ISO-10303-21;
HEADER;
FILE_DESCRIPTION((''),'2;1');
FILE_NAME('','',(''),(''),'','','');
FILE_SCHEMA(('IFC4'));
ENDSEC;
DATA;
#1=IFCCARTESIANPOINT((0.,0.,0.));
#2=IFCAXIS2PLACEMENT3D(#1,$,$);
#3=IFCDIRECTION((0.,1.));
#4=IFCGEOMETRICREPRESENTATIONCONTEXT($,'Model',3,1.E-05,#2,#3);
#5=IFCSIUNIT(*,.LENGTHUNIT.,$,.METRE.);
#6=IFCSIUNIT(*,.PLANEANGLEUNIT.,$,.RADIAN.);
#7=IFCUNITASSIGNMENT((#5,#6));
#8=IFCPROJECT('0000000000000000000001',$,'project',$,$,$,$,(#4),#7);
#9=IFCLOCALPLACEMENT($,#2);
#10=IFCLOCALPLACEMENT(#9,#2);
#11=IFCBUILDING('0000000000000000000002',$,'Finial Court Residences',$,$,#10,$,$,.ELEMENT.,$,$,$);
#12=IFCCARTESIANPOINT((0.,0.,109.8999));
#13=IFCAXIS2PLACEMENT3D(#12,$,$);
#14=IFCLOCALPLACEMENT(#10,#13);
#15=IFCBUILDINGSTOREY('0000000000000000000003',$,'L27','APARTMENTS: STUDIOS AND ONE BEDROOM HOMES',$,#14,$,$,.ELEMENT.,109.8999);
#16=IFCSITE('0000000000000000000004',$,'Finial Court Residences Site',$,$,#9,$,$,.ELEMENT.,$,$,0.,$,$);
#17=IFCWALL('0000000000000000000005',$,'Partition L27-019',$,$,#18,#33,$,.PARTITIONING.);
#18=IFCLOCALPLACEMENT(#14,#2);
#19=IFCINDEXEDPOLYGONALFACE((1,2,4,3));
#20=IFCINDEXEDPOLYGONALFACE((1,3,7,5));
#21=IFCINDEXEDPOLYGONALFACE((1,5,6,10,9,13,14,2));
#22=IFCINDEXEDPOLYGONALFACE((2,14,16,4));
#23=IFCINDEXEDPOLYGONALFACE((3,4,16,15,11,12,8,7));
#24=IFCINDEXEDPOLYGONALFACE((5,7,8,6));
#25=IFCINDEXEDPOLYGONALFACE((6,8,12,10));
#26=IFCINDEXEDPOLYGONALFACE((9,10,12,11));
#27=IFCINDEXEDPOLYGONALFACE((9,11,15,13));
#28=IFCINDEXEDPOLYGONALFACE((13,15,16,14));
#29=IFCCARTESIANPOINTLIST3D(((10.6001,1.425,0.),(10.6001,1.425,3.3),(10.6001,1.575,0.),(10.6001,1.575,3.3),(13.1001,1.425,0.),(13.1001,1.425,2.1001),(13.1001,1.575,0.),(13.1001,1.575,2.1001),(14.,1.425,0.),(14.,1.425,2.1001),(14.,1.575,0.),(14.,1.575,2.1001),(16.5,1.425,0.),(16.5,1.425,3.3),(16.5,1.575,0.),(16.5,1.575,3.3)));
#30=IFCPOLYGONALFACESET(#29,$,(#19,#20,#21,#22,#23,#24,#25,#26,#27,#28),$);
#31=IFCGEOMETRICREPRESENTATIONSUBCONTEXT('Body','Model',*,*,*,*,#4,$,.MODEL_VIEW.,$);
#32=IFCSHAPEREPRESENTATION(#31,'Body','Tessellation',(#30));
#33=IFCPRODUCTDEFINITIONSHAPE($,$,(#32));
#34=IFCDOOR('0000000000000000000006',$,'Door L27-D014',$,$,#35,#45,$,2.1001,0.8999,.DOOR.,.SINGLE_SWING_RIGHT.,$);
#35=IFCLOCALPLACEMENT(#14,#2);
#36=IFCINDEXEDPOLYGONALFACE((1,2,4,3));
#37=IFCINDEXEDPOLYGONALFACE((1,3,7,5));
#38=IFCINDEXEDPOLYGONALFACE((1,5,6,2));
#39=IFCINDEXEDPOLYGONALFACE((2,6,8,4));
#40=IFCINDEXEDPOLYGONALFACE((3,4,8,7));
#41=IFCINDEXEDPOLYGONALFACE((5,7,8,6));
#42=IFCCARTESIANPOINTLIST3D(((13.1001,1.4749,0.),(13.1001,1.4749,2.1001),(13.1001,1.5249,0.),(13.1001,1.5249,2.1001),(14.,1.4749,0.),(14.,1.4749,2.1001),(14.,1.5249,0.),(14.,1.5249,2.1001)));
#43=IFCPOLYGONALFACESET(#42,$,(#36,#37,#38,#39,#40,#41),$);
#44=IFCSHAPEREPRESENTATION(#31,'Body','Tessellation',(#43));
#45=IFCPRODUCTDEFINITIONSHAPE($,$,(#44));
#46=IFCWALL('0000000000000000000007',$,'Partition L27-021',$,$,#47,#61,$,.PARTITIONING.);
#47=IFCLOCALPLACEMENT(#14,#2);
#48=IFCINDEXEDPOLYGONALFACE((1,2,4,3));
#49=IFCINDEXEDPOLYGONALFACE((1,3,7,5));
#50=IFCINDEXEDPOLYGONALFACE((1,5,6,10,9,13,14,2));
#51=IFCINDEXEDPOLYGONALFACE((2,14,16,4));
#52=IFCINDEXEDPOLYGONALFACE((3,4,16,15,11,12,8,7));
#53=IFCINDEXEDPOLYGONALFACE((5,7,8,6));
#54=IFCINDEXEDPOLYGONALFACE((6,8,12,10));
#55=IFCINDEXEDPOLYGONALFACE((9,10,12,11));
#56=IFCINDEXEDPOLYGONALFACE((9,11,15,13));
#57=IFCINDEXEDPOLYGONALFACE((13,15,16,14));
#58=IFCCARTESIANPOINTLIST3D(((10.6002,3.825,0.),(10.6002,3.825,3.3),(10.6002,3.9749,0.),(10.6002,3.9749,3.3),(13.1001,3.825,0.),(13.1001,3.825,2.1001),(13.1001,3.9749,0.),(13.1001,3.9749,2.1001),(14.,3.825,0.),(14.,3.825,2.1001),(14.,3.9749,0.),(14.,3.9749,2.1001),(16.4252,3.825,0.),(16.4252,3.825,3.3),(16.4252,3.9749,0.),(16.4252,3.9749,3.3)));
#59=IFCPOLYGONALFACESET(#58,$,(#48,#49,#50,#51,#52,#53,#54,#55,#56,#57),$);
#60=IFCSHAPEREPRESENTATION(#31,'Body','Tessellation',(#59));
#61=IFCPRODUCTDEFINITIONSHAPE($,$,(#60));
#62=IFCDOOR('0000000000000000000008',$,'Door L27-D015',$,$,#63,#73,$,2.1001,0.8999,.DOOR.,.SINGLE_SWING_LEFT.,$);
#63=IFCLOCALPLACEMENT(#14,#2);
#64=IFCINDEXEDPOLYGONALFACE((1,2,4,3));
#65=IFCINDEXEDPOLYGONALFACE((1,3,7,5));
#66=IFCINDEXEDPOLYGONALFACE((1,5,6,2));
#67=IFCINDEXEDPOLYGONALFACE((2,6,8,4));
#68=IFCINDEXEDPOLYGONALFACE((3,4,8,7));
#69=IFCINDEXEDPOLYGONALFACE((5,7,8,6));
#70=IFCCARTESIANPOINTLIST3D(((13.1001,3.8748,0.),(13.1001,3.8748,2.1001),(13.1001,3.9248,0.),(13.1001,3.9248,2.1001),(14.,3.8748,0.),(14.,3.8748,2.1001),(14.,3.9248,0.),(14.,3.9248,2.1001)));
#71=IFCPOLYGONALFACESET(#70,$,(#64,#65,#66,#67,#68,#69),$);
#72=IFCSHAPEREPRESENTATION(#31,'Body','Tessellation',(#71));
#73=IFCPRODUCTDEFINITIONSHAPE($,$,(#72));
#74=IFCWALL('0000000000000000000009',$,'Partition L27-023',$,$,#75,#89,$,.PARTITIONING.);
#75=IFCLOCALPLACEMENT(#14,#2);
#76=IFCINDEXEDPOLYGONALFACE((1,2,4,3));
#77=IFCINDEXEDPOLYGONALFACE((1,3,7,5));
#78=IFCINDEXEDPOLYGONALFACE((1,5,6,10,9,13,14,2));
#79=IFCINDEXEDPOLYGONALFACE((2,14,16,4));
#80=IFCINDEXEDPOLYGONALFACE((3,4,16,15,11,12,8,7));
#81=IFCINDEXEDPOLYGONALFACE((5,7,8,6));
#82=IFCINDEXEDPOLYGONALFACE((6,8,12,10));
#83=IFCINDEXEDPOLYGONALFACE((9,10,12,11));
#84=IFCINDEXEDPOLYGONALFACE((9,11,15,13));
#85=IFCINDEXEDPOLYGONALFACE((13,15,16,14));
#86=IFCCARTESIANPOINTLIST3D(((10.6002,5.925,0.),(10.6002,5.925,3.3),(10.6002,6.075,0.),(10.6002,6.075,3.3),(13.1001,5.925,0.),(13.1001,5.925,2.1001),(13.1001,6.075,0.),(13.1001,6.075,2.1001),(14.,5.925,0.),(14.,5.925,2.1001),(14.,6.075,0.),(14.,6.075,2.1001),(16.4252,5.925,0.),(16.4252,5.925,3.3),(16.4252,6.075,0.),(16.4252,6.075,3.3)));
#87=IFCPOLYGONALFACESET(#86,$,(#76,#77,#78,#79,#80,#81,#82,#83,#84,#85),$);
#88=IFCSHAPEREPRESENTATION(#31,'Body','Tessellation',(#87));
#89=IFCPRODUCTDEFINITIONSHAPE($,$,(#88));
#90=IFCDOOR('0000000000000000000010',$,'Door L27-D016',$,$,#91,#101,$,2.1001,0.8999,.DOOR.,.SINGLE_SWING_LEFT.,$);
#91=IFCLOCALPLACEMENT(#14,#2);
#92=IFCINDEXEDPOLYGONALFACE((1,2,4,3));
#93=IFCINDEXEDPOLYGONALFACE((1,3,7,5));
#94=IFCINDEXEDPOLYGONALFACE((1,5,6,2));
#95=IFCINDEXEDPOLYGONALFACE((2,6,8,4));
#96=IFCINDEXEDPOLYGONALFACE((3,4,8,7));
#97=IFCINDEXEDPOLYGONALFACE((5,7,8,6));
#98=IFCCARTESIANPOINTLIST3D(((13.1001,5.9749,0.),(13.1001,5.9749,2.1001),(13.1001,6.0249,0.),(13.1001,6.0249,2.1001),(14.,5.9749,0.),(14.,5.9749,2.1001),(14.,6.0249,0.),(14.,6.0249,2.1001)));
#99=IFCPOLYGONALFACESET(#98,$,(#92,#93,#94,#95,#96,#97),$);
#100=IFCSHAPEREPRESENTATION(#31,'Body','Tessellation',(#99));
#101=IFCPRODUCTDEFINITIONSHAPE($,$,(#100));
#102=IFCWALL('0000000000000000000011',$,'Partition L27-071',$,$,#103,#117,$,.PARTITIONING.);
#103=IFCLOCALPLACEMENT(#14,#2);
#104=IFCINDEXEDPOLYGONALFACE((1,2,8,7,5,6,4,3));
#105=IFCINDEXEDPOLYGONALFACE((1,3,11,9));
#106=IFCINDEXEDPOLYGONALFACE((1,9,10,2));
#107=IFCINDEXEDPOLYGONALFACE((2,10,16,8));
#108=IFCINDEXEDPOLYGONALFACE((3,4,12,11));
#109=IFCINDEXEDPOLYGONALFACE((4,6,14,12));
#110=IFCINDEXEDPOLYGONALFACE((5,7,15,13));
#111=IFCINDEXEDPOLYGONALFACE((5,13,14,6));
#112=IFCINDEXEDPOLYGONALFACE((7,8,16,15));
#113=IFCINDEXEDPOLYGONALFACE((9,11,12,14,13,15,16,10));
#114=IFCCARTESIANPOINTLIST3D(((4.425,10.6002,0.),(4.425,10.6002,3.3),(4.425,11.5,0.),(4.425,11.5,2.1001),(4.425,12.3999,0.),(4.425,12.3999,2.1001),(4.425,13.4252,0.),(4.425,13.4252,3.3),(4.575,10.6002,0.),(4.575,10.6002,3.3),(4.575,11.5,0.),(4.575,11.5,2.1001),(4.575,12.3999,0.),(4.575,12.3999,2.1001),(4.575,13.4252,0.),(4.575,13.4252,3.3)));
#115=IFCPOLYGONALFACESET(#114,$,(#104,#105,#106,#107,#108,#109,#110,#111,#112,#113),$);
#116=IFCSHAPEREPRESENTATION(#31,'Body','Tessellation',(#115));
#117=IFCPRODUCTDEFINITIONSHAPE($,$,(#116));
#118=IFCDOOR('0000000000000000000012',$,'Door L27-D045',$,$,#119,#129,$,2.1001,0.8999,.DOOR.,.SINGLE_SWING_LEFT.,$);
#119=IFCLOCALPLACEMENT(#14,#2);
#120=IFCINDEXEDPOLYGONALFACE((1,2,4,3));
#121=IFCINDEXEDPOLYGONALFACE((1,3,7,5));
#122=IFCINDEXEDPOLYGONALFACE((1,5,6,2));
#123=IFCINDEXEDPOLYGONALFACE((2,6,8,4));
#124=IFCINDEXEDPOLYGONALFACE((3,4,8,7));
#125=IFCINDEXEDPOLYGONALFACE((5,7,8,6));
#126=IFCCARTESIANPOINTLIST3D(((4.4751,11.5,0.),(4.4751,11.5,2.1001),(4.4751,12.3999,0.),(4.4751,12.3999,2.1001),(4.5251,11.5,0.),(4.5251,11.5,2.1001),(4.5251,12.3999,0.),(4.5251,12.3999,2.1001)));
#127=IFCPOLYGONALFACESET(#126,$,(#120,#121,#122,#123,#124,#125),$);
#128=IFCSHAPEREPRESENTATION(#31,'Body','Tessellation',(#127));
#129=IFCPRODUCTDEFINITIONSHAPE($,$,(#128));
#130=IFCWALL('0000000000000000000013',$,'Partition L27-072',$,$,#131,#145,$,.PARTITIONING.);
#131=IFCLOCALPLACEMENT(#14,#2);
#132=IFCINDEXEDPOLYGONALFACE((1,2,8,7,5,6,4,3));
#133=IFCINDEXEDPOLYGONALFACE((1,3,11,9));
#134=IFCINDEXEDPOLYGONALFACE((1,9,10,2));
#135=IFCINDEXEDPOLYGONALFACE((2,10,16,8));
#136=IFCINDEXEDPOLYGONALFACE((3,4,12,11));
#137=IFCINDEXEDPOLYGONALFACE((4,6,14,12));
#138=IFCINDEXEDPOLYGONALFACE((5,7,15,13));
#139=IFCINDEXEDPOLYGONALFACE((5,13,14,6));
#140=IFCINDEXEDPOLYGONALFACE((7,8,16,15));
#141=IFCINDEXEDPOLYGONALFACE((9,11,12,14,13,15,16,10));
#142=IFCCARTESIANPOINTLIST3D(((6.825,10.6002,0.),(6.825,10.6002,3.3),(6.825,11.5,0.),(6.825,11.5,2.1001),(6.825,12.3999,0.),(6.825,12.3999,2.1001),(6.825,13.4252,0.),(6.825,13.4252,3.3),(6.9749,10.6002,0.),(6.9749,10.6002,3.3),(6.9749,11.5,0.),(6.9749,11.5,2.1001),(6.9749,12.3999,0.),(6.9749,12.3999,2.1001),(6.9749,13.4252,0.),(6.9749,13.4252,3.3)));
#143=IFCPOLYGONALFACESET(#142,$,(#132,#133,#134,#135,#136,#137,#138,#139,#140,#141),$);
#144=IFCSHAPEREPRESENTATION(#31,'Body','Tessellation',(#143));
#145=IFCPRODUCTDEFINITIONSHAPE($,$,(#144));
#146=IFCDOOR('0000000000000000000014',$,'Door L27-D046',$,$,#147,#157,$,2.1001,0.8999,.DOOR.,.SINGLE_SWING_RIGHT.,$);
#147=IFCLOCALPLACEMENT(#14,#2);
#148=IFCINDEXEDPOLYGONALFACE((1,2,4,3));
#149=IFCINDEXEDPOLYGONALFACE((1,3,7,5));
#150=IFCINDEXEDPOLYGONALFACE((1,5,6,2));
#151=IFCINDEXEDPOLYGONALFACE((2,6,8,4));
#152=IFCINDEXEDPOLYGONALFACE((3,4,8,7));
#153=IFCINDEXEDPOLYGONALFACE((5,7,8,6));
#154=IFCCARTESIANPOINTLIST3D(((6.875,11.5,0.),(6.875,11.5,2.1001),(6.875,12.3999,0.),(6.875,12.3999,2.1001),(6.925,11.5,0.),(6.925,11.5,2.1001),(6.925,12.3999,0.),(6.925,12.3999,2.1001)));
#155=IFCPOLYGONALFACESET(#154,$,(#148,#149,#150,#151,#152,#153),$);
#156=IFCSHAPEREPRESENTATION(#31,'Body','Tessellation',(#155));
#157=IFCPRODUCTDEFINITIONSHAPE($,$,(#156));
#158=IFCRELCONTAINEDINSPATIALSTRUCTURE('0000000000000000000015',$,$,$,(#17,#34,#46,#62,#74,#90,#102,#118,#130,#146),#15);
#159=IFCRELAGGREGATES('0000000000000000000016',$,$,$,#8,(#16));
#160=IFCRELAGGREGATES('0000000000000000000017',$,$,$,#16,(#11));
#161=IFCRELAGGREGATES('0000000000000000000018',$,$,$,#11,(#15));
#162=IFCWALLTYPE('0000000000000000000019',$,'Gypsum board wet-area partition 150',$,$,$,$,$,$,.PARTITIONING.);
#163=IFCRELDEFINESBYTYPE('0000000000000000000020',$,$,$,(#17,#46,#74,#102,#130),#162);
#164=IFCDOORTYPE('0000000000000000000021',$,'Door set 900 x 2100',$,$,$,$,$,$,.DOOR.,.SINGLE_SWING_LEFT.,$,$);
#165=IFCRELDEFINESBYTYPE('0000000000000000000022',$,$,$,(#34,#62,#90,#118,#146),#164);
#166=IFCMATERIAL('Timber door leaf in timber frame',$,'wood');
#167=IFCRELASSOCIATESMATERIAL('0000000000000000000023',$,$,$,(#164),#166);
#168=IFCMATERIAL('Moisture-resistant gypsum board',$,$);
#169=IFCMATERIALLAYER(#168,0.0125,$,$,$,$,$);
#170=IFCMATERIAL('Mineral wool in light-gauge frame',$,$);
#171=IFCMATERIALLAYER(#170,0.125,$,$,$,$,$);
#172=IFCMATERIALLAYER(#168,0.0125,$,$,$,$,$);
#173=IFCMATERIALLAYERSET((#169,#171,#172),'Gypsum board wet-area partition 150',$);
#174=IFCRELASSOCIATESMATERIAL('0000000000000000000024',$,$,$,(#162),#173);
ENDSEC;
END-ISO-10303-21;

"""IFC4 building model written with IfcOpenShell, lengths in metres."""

from ifc_helpers import new_model, si_unit, direction, frame, frame_2d, origin, place, context, subcontext, project, spatial, rectangle, extrude, material, layer, layer_set, type_object, element, fill, save


model = new_model("IFC4")

# Units and contexts
model_context = context("Model", 3, precision=1e-05, world=origin(), true_north=direction((0.0, 1.0)))
body_context = subcontext(model_context, "Body", "Model", "MODEL_VIEW")
ifc_project = project(units=[si_unit("LENGTHUNIT", "METRE"), si_unit("PLANEANGLEUNIT", "RADIAN")], contexts=[model_context])

# Site, building, storey
site_placement = place(None, origin())
site = spatial("IfcSite", under=ifc_project, at=site_placement, Name="Finial Court Residences Site", CompositionType="ELEMENT", RefElevation=0.0)
building_placement = place(site_placement, origin())
building = spatial("IfcBuilding", under=site, at=building_placement, Name="Finial Court Residences", CompositionType="ELEMENT")
storey_placement = place(building_placement, frame((0.0, 0.0, 109.8999)))
storey = spatial("IfcBuildingStorey", under=building, at=storey_placement, Name="L27", Description="APARTMENTS: STUDIOS AND ONE BEDROOM HOMES", CompositionType="ELEMENT", Elevation=109.8999)

# Shared definitions
ifc_material_1 = material(Name="Mineral wool in light-gauge frame")
ifc_material_2 = material(Name="Timber door leaf in timber frame", Category="wood")
door_type = type_object("IfcDoorType", Name="Door set 900 x 2100", OperationType="SINGLE_SWING_LEFT", PredefinedType="DOOR", material=ifc_material_2)

# Walls, openings, doors
ifc_material_3 = material(Name="Moisture-resistant gypsum board")
ifc_layer_1 = layer(ifc_material_3, 0.0125)
ifc_layer_2 = layer(ifc_material_1, 0.125)
ifc_layer_3 = layer(ifc_material_3, 0.0125)
ifc_layer_set_1 = layer_set([ifc_layer_1, ifc_layer_2, ifc_layer_3], Name="Gypsum board wet-area partition 150")
wall_type_1 = type_object("IfcWallType", Name="Gypsum board wet-area partition 150", PredefinedType="PARTITIONING", material=ifc_layer_set_1)
wall_1_placement = place(storey_placement, frame((10.6001, 1.5, 0.0), z_axis=(0.0, 0.0, 1.0), x_axis=(1.0, 0.0, 0.0)))
wall_1 = element("IfcWall", 1, at=wall_1_placement, inside=storey, type_object=wall_type_1, Name="Partition L27-019", PredefinedType="PARTITIONING", context=body_context, shape_type="SweptSolid", body=[
    extrude(rectangle(XDim=5.8999, YDim=0.1499, at=frame_2d((2.95, 0.0))), origin(), (0.0, 0.0, 1.0), 3.3),
])
opening_1_placement = place(wall_1_placement, frame((2.5, 0.0, 0.0)))
opening_1 = element("IfcOpeningElement", 2, at=opening_1_placement, cuts=wall_1, PredefinedType="OPENING", context=body_context, shape_type="SweptSolid", body=[
    extrude(rectangle(XDim=0.8999, YDim=2.1001, at=frame_2d((0.45, 1.05))), frame((0.0, 0.085, 0.0), z_axis=(0.0, -1.0, 0.0), x_axis=(1.0, 0.0, 0.0)), (0.0, 0.0, 1.0), 0.1699),
])
door_1_placement = place(opening_1_placement, origin())
door_1 = element("IfcDoor", 3, at=door_1_placement, inside=storey, type_object=door_type, Name="Door L27-D014", OperationType="SINGLE_SWING_RIGHT", OverallHeight=2.1001, OverallWidth=0.8999, PredefinedType="DOOR", context=body_context, shape_type="SweptSolid", body=[
    extrude(rectangle(XDim=0.8999, YDim=2.1001, at=frame_2d((0.45, 1.05))), frame((0.0, 0.0249, 0.0), z_axis=(0.0, -1.0, 0.0), x_axis=(1.0, 0.0, 0.0)), (0.0, 0.0, 1.0), 0.05),
])
fill(opening_1, door_1)
wall_2_placement = place(storey_placement, frame((10.6001, 3.8999, 0.0), z_axis=(0.0, 0.0, 1.0), x_axis=(1.0, 0.0, 0.0)))
wall_2 = element("IfcWall", 4, at=wall_2_placement, inside=storey, type_object=wall_type_1, Name="Partition L27-021", PredefinedType="PARTITIONING", context=body_context, shape_type="SweptSolid", body=[
    extrude(rectangle(XDim=5.825, YDim=0.1499, at=frame_2d((2.9126, 0.0))), origin(), (0.0, 0.0, 1.0), 3.3),
])
opening_2_placement = place(wall_2_placement, frame((2.5, 0.0, 0.0)))
opening_2 = element("IfcOpeningElement", 5, at=opening_2_placement, cuts=wall_2, PredefinedType="OPENING", context=body_context, shape_type="SweptSolid", body=[
    extrude(rectangle(XDim=0.8999, YDim=2.1001, at=frame_2d((0.45, 1.05))), frame((0.0, 0.085, 0.0), z_axis=(0.0, -1.0, 0.0), x_axis=(1.0, 0.0, 0.0)), (0.0, 0.0, 1.0), 0.1699),
])
door_2_placement = place(opening_2_placement, origin())
door_2 = element("IfcDoor", 6, at=door_2_placement, inside=storey, type_object=door_type, Name="Door L27-D015", OperationType="SINGLE_SWING_LEFT", OverallHeight=2.1001, OverallWidth=0.8999, PredefinedType="DOOR", context=body_context, shape_type="SweptSolid", body=[
    extrude(rectangle(XDim=0.8999, YDim=2.1001, at=frame_2d((0.45, 1.05))), frame((0.0, 0.0249, 0.0), z_axis=(0.0, -1.0, 0.0), x_axis=(1.0, 0.0, 0.0)), (0.0, 0.0, 1.0), 0.05),
])
fill(opening_2, door_2)
wall_3_placement = place(storey_placement, frame((10.6001, 6.0, 0.0), z_axis=(0.0, 0.0, 1.0), x_axis=(1.0, 0.0, 0.0)))
wall_3 = element("IfcWall", 7, at=wall_3_placement, inside=storey, type_object=wall_type_1, Name="Partition L27-023", PredefinedType="PARTITIONING", context=body_context, shape_type="SweptSolid", body=[
    extrude(rectangle(XDim=5.825, YDim=0.1499, at=frame_2d((2.9126, 0.0))), origin(), (0.0, 0.0, 1.0), 3.3),
])
opening_3_placement = place(wall_3_placement, frame((2.5, 0.0, 0.0)))
opening_3 = element("IfcOpeningElement", 8, at=opening_3_placement, cuts=wall_3, PredefinedType="OPENING", context=body_context, shape_type="SweptSolid", body=[
    extrude(rectangle(XDim=0.8999, YDim=2.1001, at=frame_2d((0.45, 1.05))), frame((0.0, 0.085, 0.0), z_axis=(0.0, -1.0, 0.0), x_axis=(1.0, 0.0, 0.0)), (0.0, 0.0, 1.0), 0.1699),
])
door_3_placement = place(opening_3_placement, origin())
door_3 = element("IfcDoor", 9, at=door_3_placement, inside=storey, type_object=door_type, Name="Door L27-D016", OperationType="SINGLE_SWING_LEFT", OverallHeight=2.1001, OverallWidth=0.8999, PredefinedType="DOOR", context=body_context, shape_type="SweptSolid", body=[
    extrude(rectangle(XDim=0.8999, YDim=2.1001, at=frame_2d((0.45, 1.05))), frame((0.0, 0.0249, 0.0), z_axis=(0.0, -1.0, 0.0), x_axis=(1.0, 0.0, 0.0)), (0.0, 0.0, 1.0), 0.05),
])
fill(opening_3, door_3)
wall_4_placement = place(storey_placement, frame((4.5, 10.6001, 0.0), z_axis=(0.0, 0.0, 1.0), x_axis=(0.0, 1.0, 0.0)))
wall_4 = element("IfcWall", 10, at=wall_4_placement, inside=storey, type_object=wall_type_1, Name="Partition L27-071", PredefinedType="PARTITIONING", context=body_context, shape_type="SweptSolid", body=[
    extrude(rectangle(XDim=2.825, YDim=0.1499, at=frame_2d((1.4126, 0.0))), origin(), (0.0, 0.0, 1.0), 3.3),
])
opening_4_placement = place(wall_4_placement, frame((0.8999, 0.0, 0.0)))
opening_4 = element("IfcOpeningElement", 11, at=opening_4_placement, cuts=wall_4, PredefinedType="OPENING", context=body_context, shape_type="SweptSolid", body=[
    extrude(rectangle(XDim=0.8999, YDim=2.1001, at=frame_2d((0.45, 1.05))), frame((0.0, 0.085, 0.0), z_axis=(0.0, -1.0, 0.0), x_axis=(1.0, 0.0, 0.0)), (0.0, 0.0, 1.0), 0.1699),
])
door_4_placement = place(opening_4_placement, origin())
door_4 = element("IfcDoor", 12, at=door_4_placement, inside=storey, type_object=door_type, Name="Door L27-D045", OperationType="SINGLE_SWING_LEFT", OverallHeight=2.1001, OverallWidth=0.8999, PredefinedType="DOOR", context=body_context, shape_type="SweptSolid", body=[
    extrude(rectangle(XDim=0.8999, YDim=2.1001, at=frame_2d((0.45, 1.05))), frame((0.0, 0.0249, 0.0), z_axis=(0.0, -1.0, 0.0), x_axis=(1.0, 0.0, 0.0)), (0.0, 0.0, 1.0), 0.05),
])
fill(opening_4, door_4)
wall_5_placement = place(storey_placement, frame((6.8999, 10.6001, 0.0), z_axis=(0.0, 0.0, 1.0), x_axis=(0.0, 1.0, 0.0)))
wall_5 = element("IfcWall", 13, at=wall_5_placement, inside=storey, type_object=wall_type_1, Name="Partition L27-072", PredefinedType="PARTITIONING", context=body_context, shape_type="SweptSolid", body=[
    extrude(rectangle(XDim=2.825, YDim=0.1499, at=frame_2d((1.4126, 0.0))), origin(), (0.0, 0.0, 1.0), 3.3),
])
opening_5_placement = place(wall_5_placement, frame((0.8999, 0.0, 0.0)))
opening_5 = element("IfcOpeningElement", 14, at=opening_5_placement, cuts=wall_5, PredefinedType="OPENING", context=body_context, shape_type="SweptSolid", body=[
    extrude(rectangle(XDim=0.8999, YDim=2.1001, at=frame_2d((0.45, 1.05))), frame((0.0, 0.085, 0.0), z_axis=(0.0, -1.0, 0.0), x_axis=(1.0, 0.0, 0.0)), (0.0, 0.0, 1.0), 0.1699),
])
door_5_placement = place(opening_5_placement, origin())
door_5 = element("IfcDoor", 15, at=door_5_placement, inside=storey, type_object=door_type, Name="Door L27-D046", OperationType="SINGLE_SWING_RIGHT", OverallHeight=2.1001, OverallWidth=0.8999, PredefinedType="DOOR", context=body_context, shape_type="SweptSolid", body=[
    extrude(rectangle(XDim=0.8999, YDim=2.1001, at=frame_2d((0.45, 1.05))), frame((0.0, 0.0249, 0.0), z_axis=(0.0, -1.0, 0.0), x_axis=(1.0, 0.0, 0.0)), (0.0, 0.0, 1.0), 0.05),
])
fill(opening_5, door_5)

save(model, "model.ifc")
